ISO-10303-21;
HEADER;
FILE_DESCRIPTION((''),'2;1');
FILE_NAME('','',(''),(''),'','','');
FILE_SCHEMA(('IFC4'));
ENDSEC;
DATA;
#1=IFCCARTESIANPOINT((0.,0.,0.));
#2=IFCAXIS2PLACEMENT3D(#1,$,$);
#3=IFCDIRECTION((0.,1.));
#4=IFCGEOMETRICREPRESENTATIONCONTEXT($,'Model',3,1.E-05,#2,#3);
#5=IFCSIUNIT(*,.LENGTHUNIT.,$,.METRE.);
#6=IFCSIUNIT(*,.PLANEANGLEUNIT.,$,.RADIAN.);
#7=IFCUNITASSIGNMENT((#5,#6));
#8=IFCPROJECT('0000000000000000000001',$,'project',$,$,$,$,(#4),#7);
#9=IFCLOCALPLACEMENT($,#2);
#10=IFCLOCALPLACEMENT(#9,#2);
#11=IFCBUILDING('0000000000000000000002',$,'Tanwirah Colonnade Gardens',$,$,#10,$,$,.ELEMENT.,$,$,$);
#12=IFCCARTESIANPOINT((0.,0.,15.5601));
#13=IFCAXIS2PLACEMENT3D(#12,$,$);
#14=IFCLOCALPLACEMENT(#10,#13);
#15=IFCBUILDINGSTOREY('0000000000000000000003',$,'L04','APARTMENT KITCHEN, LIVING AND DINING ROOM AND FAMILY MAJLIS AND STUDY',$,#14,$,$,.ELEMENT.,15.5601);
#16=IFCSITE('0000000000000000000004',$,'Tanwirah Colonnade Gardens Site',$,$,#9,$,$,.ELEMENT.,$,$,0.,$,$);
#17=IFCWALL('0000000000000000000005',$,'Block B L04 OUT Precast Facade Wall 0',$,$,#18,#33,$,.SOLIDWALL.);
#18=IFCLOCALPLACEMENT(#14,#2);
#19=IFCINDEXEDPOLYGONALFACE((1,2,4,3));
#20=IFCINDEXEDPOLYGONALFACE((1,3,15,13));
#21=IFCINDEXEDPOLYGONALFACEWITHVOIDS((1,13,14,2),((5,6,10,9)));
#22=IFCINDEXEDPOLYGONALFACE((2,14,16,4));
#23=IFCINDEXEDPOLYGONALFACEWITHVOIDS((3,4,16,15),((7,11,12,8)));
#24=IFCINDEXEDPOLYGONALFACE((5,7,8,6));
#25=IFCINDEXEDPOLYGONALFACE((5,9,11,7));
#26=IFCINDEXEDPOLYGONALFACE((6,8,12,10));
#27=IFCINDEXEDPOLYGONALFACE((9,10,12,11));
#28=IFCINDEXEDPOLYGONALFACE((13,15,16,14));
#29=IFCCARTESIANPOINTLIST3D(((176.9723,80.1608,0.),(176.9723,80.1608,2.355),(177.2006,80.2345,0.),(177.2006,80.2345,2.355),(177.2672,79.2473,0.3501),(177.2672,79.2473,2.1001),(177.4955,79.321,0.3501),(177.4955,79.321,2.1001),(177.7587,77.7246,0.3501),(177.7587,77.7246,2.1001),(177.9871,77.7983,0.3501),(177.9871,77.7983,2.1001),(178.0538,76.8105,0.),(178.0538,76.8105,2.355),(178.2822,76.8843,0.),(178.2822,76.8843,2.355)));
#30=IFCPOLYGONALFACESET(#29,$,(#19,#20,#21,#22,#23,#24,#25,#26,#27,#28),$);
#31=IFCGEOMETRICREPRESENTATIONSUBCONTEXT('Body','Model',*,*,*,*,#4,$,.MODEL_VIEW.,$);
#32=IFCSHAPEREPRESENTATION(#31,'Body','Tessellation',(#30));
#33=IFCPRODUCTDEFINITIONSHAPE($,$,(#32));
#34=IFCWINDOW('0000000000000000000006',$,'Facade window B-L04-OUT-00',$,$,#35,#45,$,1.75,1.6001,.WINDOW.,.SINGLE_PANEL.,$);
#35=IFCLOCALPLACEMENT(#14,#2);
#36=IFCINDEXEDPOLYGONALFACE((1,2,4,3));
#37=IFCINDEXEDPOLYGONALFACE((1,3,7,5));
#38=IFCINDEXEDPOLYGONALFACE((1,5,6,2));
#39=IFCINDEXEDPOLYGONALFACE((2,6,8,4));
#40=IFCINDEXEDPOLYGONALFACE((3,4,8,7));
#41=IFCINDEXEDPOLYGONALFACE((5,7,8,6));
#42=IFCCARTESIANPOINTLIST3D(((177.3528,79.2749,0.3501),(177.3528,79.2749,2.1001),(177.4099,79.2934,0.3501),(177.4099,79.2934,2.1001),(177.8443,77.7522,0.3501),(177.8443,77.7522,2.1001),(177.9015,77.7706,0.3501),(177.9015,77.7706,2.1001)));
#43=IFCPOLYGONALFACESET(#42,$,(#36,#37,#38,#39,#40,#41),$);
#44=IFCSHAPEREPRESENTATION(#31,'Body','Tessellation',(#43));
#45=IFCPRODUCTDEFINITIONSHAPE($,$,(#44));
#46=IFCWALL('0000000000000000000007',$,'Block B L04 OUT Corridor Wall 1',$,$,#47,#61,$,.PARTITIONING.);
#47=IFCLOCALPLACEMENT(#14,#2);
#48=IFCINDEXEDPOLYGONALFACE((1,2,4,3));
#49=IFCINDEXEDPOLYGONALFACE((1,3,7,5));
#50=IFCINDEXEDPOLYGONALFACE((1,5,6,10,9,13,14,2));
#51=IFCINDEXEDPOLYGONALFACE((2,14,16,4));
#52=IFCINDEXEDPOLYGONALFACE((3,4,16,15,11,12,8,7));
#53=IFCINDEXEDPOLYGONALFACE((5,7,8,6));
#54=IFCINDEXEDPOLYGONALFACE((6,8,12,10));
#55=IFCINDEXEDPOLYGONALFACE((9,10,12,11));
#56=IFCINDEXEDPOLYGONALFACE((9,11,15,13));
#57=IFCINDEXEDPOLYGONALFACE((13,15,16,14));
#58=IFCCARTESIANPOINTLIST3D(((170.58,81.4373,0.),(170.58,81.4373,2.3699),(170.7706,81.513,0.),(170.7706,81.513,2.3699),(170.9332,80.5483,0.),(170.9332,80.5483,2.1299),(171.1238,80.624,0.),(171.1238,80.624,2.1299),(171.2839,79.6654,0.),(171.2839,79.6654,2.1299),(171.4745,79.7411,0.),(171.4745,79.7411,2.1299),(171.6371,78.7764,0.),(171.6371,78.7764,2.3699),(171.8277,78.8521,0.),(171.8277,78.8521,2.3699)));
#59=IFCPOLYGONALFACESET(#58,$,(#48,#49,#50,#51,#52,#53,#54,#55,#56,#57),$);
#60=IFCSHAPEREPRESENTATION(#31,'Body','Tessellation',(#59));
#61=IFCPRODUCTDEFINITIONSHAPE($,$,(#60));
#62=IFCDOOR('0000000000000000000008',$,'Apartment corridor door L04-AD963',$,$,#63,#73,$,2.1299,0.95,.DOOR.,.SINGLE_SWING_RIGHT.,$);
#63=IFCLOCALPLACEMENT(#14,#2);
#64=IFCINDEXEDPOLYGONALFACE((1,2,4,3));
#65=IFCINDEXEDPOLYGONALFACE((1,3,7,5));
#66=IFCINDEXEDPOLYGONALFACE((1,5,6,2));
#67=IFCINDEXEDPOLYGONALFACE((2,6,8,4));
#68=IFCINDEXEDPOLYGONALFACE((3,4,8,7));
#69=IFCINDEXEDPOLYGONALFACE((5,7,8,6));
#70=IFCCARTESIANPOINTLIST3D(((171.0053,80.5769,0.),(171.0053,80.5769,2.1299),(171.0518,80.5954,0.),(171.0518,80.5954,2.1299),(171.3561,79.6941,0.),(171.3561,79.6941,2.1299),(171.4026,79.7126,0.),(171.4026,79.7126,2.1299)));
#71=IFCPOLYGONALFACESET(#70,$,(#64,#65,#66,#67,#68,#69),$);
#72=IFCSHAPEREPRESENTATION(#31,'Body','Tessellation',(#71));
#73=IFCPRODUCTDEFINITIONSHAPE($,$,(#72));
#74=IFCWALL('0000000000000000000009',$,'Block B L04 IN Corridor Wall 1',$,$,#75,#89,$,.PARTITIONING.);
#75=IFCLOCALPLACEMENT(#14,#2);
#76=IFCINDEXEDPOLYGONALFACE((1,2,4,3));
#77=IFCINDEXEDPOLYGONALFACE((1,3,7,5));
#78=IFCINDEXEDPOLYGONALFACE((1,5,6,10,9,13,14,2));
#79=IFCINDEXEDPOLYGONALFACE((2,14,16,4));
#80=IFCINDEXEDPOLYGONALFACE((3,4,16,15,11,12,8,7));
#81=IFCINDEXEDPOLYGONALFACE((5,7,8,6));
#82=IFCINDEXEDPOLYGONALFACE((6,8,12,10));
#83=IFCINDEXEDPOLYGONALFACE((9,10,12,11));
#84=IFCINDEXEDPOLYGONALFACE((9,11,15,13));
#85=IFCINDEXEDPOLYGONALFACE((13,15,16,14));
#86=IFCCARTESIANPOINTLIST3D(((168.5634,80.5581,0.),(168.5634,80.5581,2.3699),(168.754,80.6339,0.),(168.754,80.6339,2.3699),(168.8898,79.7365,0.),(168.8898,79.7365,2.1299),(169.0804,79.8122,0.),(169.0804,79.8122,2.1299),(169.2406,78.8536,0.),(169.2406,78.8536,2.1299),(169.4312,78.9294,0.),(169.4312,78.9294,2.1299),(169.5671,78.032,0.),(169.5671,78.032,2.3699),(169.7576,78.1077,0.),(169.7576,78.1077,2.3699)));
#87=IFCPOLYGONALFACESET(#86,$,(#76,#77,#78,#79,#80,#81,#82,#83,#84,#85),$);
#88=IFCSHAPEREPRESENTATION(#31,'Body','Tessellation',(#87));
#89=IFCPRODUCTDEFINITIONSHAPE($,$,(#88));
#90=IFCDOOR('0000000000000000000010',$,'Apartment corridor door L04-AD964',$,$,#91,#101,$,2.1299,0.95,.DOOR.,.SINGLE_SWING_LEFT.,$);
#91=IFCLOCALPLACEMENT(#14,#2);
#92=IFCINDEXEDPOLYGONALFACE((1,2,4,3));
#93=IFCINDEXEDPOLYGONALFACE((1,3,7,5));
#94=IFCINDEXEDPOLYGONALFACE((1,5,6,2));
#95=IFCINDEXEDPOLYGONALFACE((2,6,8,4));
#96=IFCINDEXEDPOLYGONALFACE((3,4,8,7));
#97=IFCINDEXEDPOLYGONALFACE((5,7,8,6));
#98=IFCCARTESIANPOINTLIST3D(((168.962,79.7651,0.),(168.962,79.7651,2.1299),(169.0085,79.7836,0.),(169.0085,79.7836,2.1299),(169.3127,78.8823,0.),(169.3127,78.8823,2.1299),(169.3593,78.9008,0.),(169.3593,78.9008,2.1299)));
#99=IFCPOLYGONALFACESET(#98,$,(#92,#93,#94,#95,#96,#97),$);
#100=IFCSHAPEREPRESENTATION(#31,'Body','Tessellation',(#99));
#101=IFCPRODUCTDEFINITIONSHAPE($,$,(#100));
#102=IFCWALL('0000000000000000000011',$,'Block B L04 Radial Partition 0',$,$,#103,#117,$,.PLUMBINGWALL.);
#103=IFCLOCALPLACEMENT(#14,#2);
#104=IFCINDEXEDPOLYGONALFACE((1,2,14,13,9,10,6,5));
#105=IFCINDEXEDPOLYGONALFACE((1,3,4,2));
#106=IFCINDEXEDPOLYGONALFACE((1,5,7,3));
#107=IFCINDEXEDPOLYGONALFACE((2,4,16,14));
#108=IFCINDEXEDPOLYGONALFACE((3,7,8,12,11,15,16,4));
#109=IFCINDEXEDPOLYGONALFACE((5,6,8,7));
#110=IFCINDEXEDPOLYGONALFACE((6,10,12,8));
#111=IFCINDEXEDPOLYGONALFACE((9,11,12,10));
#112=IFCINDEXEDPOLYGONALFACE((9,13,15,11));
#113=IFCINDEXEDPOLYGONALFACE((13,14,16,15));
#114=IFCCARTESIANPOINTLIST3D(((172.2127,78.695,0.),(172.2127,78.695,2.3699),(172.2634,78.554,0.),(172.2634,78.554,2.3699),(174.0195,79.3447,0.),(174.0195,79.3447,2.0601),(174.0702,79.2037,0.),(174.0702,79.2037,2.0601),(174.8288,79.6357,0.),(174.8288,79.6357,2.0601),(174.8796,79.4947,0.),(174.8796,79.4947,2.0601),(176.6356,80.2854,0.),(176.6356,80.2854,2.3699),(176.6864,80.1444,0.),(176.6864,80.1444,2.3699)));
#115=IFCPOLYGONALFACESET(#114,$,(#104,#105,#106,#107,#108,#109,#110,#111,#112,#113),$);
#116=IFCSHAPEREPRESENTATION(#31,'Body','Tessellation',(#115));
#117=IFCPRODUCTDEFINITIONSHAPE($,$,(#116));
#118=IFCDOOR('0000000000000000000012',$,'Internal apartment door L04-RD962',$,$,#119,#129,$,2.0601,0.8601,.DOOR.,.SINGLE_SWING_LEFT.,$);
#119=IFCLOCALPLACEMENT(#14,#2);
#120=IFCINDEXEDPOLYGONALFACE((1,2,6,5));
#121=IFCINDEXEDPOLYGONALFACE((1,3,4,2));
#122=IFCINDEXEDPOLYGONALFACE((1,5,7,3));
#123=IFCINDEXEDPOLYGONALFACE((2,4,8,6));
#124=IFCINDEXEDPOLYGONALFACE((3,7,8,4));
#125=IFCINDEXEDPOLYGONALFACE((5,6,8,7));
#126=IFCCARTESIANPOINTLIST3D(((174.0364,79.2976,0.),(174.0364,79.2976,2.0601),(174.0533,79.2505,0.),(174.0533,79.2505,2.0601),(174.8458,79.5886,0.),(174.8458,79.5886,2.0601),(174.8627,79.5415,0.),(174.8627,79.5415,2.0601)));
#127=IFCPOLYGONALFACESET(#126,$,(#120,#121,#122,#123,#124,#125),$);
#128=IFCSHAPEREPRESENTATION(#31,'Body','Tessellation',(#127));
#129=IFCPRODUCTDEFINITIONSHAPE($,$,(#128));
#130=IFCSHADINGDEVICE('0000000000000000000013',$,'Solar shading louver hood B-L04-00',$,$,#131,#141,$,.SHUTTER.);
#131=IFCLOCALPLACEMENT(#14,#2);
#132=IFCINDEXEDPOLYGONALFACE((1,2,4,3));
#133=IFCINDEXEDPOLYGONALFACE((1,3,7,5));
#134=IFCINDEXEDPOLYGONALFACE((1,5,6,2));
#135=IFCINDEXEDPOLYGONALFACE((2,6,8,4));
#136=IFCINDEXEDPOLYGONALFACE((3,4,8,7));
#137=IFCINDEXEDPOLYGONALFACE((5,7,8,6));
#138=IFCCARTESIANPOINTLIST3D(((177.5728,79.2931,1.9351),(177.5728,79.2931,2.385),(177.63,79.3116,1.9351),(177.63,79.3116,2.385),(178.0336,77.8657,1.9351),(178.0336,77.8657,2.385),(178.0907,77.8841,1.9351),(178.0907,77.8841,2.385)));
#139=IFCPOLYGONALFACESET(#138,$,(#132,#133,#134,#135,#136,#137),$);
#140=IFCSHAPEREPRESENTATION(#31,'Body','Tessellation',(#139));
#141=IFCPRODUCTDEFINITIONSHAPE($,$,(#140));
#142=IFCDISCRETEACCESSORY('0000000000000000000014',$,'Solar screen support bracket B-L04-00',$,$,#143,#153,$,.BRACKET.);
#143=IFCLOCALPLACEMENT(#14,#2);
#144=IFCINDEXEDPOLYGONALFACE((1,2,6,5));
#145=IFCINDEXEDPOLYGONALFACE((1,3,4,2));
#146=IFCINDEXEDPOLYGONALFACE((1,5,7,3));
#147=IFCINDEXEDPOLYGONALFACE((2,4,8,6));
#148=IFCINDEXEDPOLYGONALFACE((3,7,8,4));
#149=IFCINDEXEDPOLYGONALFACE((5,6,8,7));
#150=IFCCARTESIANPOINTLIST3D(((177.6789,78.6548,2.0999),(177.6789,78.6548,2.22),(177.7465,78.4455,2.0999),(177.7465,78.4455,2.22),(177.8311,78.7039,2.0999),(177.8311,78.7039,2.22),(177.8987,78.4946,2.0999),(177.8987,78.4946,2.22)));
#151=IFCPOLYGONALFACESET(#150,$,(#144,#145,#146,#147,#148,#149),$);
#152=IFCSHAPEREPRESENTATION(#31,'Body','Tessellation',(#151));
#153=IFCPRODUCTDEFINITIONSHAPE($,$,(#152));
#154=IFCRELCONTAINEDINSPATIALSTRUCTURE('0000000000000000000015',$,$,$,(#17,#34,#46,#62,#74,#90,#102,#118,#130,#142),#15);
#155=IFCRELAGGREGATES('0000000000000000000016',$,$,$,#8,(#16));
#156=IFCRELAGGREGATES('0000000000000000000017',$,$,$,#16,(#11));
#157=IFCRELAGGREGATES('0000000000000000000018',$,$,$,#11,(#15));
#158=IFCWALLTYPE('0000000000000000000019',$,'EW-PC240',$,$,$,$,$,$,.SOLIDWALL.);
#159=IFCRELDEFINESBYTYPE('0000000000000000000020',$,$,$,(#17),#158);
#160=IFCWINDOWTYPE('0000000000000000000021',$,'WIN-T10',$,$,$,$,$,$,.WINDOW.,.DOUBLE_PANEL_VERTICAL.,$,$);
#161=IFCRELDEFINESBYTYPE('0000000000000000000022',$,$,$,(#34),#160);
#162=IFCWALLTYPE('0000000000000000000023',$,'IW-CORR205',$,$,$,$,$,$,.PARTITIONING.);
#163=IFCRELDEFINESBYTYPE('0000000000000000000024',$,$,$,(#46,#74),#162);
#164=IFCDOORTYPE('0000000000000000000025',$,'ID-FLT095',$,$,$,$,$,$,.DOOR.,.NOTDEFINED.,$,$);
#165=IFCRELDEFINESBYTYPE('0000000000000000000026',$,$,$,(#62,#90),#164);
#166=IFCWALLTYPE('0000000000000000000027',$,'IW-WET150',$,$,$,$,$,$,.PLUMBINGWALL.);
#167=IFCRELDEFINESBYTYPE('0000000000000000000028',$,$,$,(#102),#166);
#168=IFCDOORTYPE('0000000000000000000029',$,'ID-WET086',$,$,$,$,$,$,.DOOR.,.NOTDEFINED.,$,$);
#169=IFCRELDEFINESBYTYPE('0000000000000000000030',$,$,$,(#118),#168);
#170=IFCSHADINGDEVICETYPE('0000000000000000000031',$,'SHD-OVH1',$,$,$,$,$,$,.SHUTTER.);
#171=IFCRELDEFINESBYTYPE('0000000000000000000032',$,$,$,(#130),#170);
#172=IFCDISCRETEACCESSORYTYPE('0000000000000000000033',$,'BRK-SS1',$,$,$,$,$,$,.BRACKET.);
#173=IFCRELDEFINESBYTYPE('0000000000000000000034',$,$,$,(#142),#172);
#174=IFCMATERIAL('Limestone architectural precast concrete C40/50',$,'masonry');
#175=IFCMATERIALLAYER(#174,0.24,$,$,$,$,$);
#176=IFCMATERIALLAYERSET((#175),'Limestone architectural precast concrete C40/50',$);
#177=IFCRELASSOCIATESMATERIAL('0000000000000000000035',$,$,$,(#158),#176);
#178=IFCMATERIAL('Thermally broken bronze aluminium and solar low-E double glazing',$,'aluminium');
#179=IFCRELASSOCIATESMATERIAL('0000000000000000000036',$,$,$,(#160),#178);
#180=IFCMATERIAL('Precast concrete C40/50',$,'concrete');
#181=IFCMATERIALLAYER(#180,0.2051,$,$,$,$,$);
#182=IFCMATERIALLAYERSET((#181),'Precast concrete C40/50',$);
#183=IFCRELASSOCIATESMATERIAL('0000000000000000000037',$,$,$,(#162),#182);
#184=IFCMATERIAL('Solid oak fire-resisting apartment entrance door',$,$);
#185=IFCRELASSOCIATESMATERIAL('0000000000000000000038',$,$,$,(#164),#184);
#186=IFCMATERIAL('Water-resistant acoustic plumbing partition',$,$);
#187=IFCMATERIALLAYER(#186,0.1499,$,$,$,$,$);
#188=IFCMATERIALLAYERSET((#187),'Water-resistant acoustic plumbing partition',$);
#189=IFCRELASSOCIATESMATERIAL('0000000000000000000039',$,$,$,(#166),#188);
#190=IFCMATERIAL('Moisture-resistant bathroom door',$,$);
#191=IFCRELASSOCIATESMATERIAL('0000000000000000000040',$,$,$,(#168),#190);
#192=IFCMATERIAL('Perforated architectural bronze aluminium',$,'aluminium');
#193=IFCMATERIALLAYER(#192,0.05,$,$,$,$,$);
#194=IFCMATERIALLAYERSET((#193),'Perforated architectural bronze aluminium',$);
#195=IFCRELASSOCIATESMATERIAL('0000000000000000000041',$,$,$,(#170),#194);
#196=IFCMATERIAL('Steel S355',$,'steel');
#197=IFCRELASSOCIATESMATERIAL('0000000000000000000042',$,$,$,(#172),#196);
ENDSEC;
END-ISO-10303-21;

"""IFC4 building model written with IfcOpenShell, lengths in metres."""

from ifc_helpers import new_model, si_unit, direction, frame, frame_2d, origin, origin_2d, place, context, subcontext, project, spatial, rectangle, extrude, material, layer, layer_set, type_object, element, fill, save


model = new_model("IFC4")

# Units and contexts
model_context = context("Model", 3, precision=1e-05, world=origin(), true_north=direction((0.0, 1.0)))
body_context = subcontext(model_context, "Body", "Model", "MODEL_VIEW")
ifc_project = project(units=[si_unit("LENGTHUNIT", "METRE"), si_unit("PLANEANGLEUNIT", "RADIAN")], contexts=[model_context])

# Site, building, storey
site_placement = place(None, origin())
site = spatial("IfcSite", under=ifc_project, at=site_placement, Name="Tanwirah Colonnade Gardens Site", CompositionType="ELEMENT", RefElevation=0.0)
building_placement = place(site_placement, origin())
building = spatial("IfcBuilding", under=site, at=building_placement, Name="Tanwirah Colonnade Gardens", CompositionType="ELEMENT")
storey_placement = place(building_placement, frame((0.0, 0.0, 15.5601)))
storey = spatial("IfcBuildingStorey", under=building, at=storey_placement, Name="L04", Description="APARTMENT KITCHEN, LIVING AND DINING ROOM AND FAMILY MAJLIS AND STUDY", CompositionType="ELEMENT", Elevation=15.5601)

# Shared definitions
ifc_material_1 = material(Name="Precast concrete C40/50", Category="concrete")

# Wall, opening, window
ifc_material_2 = material(Name="Limestone architectural precast concrete C40/50", Category="masonry")
ifc_layer_1 = layer(ifc_material_2, 0.24)
ifc_layer_set_1 = layer_set([ifc_layer_1], Name="Limestone architectural precast concrete C40/50")
wall_type_1 = type_object("IfcWallType", Name="EW-PC240", PredefinedType="SOLIDWALL", material=ifc_layer_set_1)
wall_1_placement = place(storey_placement, frame((178.168, 76.8474, 0.0), z_axis=(0.0, 0.0, 1.0), x_axis=(-0.307205, 0.951643, 0.0)))
wall_1 = element("IfcWall", 1, at=wall_1_placement, inside=storey, type_object=wall_type_1, Name="Block B L04 OUT Precast Facade Wall 0", PredefinedType="SOLIDWALL", context=body_context, shape_type="SweptSolid", body=[
    extrude(rectangle(XDim=3.5205, YDim=0.24, at=frame_2d((1.7603, 0.0))), origin(), (0.0, 0.0, 1.0), 2.355),
])
opening_1_placement = place(wall_1_placement, frame((0.9604, 0.0, 0.3501)))
opening_1 = element("IfcOpeningElement", 2, at=opening_1_placement, cuts=wall_1, PredefinedType="OPENING", context=body_context, shape_type="SweptSolid", body=[
    extrude(rectangle(XDim=1.6001, YDim=1.75, at=frame_2d((0.8, 0.875))), frame((0.0, 0.1299, 0.0), z_axis=(0.0, -1.0, 0.0), x_axis=(1.0, 0.0, 0.0)), (0.0, 0.0, 1.0), 0.26),
])
ifc_material_3 = material(Name="Thermally broken bronze aluminium and solar low-E double glazing", Category="aluminium")
window_type = type_object("IfcWindowType", Name="WIN-T10", PartitioningType="DOUBLE_PANEL_VERTICAL", PredefinedType="WINDOW", material=ifc_material_3)
window_placement = place(opening_1_placement, origin())
window = element("IfcWindow", 3, at=window_placement, inside=storey, type_object=window_type, Name="Facade window B-L04-OUT-00", OverallHeight=1.75, OverallWidth=1.6001, PartitioningType="SINGLE_PANEL", PredefinedType="WINDOW", context=body_context, shape_type="SweptSolid", body=[
    extrude(rectangle(XDim=1.6001, YDim=1.75, at=frame_2d((0.8, 0.875))), frame((0.0, 0.03, 0.0), z_axis=(0.0, -1.0, 0.0), x_axis=(1.0, 0.0, 0.0)), (0.0, 0.0, 1.0), 0.0601),
])
fill(opening_1, window)

# Walls, openings, doors
ifc_layer_2 = layer(ifc_material_1, 0.2051)
ifc_layer_set_2 = layer_set([ifc_layer_2], Name="Precast concrete C40/50")
wall_type_2 = type_object("IfcWallType", Name="IW-CORR205", PredefinedType="PARTITIONING", material=ifc_layer_set_2)
ifc_material_4 = material(Name="Solid oak fire-resisting apartment entrance door")
wall_2_placement = place(storey_placement, frame((171.7324, 78.8142, 0.0), z_axis=(0.0, 0.0, 1.0), x_axis=(-0.369214, 0.929344, 0.0)))
wall_2 = element("IfcWall", 4, at=wall_2_placement, inside=storey, type_object=wall_type_2, Name="Block B L04 OUT Corridor Wall 1", PredefinedType="PARTITIONING", context=body_context, shape_type="SweptSolid", body=[
    extrude(rectangle(XDim=2.8633, YDim=0.2051, at=frame_2d((1.4316, 0.0))), origin(), (0.0, 0.0, 1.0), 2.3699),
])
opening_2_placement = place(wall_2_placement, frame((0.9565, 0.0, 0.0)))
opening_2 = element("IfcOpeningElement", 5, at=opening_2_placement, cuts=wall_2, PredefinedType="OPENING", context=body_context, shape_type="SweptSolid", body=[
    extrude(rectangle(XDim=0.95, YDim=2.1299, at=frame_2d((0.4751, 1.0649))), frame((0.0, 0.1125, 0.0), z_axis=(0.0, -1.0, 0.0), x_axis=(1.0, 0.0, 0.0)), (0.0, 0.0, 1.0), 0.2251),
])
door_type_1 = type_object("IfcDoorType", Name="ID-FLT095", OperationType="NOTDEFINED", PredefinedType="DOOR", material=ifc_material_4)
door_1_placement = place(opening_2_placement, origin())
door_1 = element("IfcDoor", 6, at=door_1_placement, inside=storey, type_object=door_type_1, Name="Apartment corridor door L04-AD963", OperationType="SINGLE_SWING_RIGHT", OverallHeight=2.1299, OverallWidth=0.95, PredefinedType="DOOR", context=body_context, shape_type="SweptSolid", body=[
    extrude(rectangle(XDim=0.95, YDim=2.1299, at=frame_2d((0.4751, 1.0649))), frame((0.0, 0.0249, 0.0), z_axis=(0.0, -1.0, 0.0), x_axis=(1.0, 0.0, 0.0)), (0.0, 0.0, 1.0), 0.05),
])
fill(opening_2, door_1)
wall_3_placement = place(storey_placement, frame((169.6624, 78.0698, 0.0), z_axis=(0.0, 0.0, 1.0), x_axis=(-0.369237, 0.929335, 0.0)))
wall_3 = element("IfcWall", 7, at=wall_3_placement, inside=storey, type_object=wall_type_2, Name="Block B L04 IN Corridor Wall 1", PredefinedType="PARTITIONING", context=body_context, shape_type="SweptSolid", body=[
    extrude(rectangle(XDim=2.7183, YDim=0.2051, at=frame_2d((1.3591, 0.0))), origin(), (0.0, 0.0, 1.0), 2.3699),
])
opening_3_placement = place(wall_3_placement, frame((0.884, 0.0, 0.0)))
opening_3 = element("IfcOpeningElement", 8, at=opening_3_placement, cuts=wall_3, PredefinedType="OPENING", context=body_context, shape_type="SweptSolid", body=[
    extrude(rectangle(XDim=0.95, YDim=2.1299, at=frame_2d((0.4751, 1.0649))), frame((0.0, 0.1125, 0.0), z_axis=(0.0, -1.0, 0.0), x_axis=(1.0, 0.0, 0.0)), (0.0, 0.0, 1.0), 0.2251),
])
door_2_placement = place(opening_3_placement, origin())
door_2 = element("IfcDoor", 9, at=door_2_placement, inside=storey, type_object=door_type_1, Name="Apartment corridor door L04-AD964", OperationType="SINGLE_SWING_LEFT", OverallHeight=2.1299, OverallWidth=0.95, PredefinedType="DOOR", context=body_context, shape_type="SweptSolid", body=[
    extrude(rectangle(XDim=0.95, YDim=2.1299, at=frame_2d((0.4751, 1.0649))), frame((0.0, 0.0249, 0.0), z_axis=(0.0, -1.0, 0.0), x_axis=(1.0, 0.0, 0.0)), (0.0, 0.0, 1.0), 0.05),
])
fill(opening_3, door_2)
ifc_material_5 = material(Name="Water-resistant acoustic plumbing partition")
ifc_layer_3 = layer(ifc_material_5, 0.1499)
ifc_layer_set_3 = layer_set([ifc_layer_3], Name="Water-resistant acoustic plumbing partition")
wall_type_3 = type_object("IfcWallType", Name="IW-WET150", PredefinedType="PLUMBINGWALL", material=ifc_layer_set_3)
wall_4_placement = place(storey_placement, frame((172.238, 78.6245, 0.0), z_axis=(0.0, 0.0, 1.0), x_axis=(0.941016, 0.338363, 0.0)))
wall_4 = element("IfcWall", 10, at=wall_4_placement, inside=storey, type_object=wall_type_3, Name="Block B L04 Radial Partition 0", PredefinedType="PLUMBINGWALL", context=body_context, shape_type="SweptSolid", body=[
    extrude(rectangle(XDim=4.7002, YDim=0.1499, at=frame_2d((2.3501, 0.0))), origin(), (0.0, 0.0, 1.0), 2.3699),
])
opening_4_placement = place(wall_4_placement, frame((1.9199, 0.0, 0.0)))
opening_4 = element("IfcOpeningElement", 11, at=opening_4_placement, cuts=wall_4, PredefinedType="OPENING", context=body_context, shape_type="SweptSolid", body=[
    extrude(rectangle(XDim=0.8601, YDim=2.0601, at=frame_2d((0.4302, 1.03))), frame((0.0, 0.085, 0.0), z_axis=(0.0, -1.0, 0.0), x_axis=(1.0, 0.0, 0.0)), (0.0, 0.0, 1.0), 0.1699),
])
ifc_material_6 = material(Name="Moisture-resistant bathroom door")
door_type_2 = type_object("IfcDoorType", Name="ID-WET086", OperationType="NOTDEFINED", PredefinedType="DOOR", material=ifc_material_6)
door_3_placement = place(opening_4_placement, origin())
door_3 = element("IfcDoor", 12, at=door_3_placement, inside=storey, type_object=door_type_2, Name="Internal apartment door L04-RD962", OperationType="SINGLE_SWING_LEFT", OverallHeight=2.0601, OverallWidth=0.8601, PredefinedType="DOOR", context=body_context, shape_type="SweptSolid", body=[
    extrude(rectangle(XDim=0.8601, YDim=2.0601, at=frame_2d((0.4302, 1.03))), frame((0.0, 0.0249, 0.0), z_axis=(0.0, -1.0, 0.0), x_axis=(1.0, 0.0, 0.0)), (0.0, 0.0, 1.0), 0.05),
])
fill(opening_4, door_3)

# Shading device
ifc_material_7 = material(Name="Perforated architectural bronze aluminium", Category="aluminium")
ifc_layer_4 = layer(ifc_material_7, 0.05)
ifc_layer_set_4 = layer_set([ifc_layer_4], Name="Perforated architectural bronze aluminium")
shading_device_type = type_object("IfcShadingDeviceType", Name="SHD-OVH1", PredefinedType="SHUTTER", material=ifc_layer_set_4)
shading_device_placement = place(storey_placement, frame((177.8318, 78.5886, 1.9351), z_axis=(0.0, 0.0, 1.0), x_axis=(-0.307172, 0.951654, 0.0)))
element("IfcShadingDevice", 13, at=shading_device_placement, inside=storey, type_object=shading_device_type, Name="Solar shading louver hood B-L04-00", PredefinedType="SHUTTER", context=body_context, shape_type="SweptSolid", body=[
    extrude(rectangle(XDim=1.5, YDim=0.0601, at=origin_2d()), origin(), (0.0, 0.0, 1.0), 0.45),
])

# Discrete accessory
ifc_material_8 = material(Name="Steel S355", Category="steel")
discrete_accessory_type = type_object("IfcDiscreteAccessoryType", Name="BRK-SS1", PredefinedType="BRACKET", material=ifc_material_8)
discrete_accessory_placement = place(storey_placement, frame((177.7888, 78.5747, 2.0999), z_axis=(0.0, 0.0, 1.0), x_axis=(-0.307172, 0.951654, 0.0)))
element("IfcDiscreteAccessory", 14, at=discrete_accessory_placement, inside=storey, type_object=discrete_accessory_type, Name="Solar screen support bracket B-L04-00", PredefinedType="BRACKET", context=body_context, shape_type="SweptSolid", body=[
    extrude(rectangle(XDim=0.22, YDim=0.1599, at=origin_2d()), origin(), (0.0, 0.0, 1.0), 0.1201),
])

save(model, "model.ifc")
